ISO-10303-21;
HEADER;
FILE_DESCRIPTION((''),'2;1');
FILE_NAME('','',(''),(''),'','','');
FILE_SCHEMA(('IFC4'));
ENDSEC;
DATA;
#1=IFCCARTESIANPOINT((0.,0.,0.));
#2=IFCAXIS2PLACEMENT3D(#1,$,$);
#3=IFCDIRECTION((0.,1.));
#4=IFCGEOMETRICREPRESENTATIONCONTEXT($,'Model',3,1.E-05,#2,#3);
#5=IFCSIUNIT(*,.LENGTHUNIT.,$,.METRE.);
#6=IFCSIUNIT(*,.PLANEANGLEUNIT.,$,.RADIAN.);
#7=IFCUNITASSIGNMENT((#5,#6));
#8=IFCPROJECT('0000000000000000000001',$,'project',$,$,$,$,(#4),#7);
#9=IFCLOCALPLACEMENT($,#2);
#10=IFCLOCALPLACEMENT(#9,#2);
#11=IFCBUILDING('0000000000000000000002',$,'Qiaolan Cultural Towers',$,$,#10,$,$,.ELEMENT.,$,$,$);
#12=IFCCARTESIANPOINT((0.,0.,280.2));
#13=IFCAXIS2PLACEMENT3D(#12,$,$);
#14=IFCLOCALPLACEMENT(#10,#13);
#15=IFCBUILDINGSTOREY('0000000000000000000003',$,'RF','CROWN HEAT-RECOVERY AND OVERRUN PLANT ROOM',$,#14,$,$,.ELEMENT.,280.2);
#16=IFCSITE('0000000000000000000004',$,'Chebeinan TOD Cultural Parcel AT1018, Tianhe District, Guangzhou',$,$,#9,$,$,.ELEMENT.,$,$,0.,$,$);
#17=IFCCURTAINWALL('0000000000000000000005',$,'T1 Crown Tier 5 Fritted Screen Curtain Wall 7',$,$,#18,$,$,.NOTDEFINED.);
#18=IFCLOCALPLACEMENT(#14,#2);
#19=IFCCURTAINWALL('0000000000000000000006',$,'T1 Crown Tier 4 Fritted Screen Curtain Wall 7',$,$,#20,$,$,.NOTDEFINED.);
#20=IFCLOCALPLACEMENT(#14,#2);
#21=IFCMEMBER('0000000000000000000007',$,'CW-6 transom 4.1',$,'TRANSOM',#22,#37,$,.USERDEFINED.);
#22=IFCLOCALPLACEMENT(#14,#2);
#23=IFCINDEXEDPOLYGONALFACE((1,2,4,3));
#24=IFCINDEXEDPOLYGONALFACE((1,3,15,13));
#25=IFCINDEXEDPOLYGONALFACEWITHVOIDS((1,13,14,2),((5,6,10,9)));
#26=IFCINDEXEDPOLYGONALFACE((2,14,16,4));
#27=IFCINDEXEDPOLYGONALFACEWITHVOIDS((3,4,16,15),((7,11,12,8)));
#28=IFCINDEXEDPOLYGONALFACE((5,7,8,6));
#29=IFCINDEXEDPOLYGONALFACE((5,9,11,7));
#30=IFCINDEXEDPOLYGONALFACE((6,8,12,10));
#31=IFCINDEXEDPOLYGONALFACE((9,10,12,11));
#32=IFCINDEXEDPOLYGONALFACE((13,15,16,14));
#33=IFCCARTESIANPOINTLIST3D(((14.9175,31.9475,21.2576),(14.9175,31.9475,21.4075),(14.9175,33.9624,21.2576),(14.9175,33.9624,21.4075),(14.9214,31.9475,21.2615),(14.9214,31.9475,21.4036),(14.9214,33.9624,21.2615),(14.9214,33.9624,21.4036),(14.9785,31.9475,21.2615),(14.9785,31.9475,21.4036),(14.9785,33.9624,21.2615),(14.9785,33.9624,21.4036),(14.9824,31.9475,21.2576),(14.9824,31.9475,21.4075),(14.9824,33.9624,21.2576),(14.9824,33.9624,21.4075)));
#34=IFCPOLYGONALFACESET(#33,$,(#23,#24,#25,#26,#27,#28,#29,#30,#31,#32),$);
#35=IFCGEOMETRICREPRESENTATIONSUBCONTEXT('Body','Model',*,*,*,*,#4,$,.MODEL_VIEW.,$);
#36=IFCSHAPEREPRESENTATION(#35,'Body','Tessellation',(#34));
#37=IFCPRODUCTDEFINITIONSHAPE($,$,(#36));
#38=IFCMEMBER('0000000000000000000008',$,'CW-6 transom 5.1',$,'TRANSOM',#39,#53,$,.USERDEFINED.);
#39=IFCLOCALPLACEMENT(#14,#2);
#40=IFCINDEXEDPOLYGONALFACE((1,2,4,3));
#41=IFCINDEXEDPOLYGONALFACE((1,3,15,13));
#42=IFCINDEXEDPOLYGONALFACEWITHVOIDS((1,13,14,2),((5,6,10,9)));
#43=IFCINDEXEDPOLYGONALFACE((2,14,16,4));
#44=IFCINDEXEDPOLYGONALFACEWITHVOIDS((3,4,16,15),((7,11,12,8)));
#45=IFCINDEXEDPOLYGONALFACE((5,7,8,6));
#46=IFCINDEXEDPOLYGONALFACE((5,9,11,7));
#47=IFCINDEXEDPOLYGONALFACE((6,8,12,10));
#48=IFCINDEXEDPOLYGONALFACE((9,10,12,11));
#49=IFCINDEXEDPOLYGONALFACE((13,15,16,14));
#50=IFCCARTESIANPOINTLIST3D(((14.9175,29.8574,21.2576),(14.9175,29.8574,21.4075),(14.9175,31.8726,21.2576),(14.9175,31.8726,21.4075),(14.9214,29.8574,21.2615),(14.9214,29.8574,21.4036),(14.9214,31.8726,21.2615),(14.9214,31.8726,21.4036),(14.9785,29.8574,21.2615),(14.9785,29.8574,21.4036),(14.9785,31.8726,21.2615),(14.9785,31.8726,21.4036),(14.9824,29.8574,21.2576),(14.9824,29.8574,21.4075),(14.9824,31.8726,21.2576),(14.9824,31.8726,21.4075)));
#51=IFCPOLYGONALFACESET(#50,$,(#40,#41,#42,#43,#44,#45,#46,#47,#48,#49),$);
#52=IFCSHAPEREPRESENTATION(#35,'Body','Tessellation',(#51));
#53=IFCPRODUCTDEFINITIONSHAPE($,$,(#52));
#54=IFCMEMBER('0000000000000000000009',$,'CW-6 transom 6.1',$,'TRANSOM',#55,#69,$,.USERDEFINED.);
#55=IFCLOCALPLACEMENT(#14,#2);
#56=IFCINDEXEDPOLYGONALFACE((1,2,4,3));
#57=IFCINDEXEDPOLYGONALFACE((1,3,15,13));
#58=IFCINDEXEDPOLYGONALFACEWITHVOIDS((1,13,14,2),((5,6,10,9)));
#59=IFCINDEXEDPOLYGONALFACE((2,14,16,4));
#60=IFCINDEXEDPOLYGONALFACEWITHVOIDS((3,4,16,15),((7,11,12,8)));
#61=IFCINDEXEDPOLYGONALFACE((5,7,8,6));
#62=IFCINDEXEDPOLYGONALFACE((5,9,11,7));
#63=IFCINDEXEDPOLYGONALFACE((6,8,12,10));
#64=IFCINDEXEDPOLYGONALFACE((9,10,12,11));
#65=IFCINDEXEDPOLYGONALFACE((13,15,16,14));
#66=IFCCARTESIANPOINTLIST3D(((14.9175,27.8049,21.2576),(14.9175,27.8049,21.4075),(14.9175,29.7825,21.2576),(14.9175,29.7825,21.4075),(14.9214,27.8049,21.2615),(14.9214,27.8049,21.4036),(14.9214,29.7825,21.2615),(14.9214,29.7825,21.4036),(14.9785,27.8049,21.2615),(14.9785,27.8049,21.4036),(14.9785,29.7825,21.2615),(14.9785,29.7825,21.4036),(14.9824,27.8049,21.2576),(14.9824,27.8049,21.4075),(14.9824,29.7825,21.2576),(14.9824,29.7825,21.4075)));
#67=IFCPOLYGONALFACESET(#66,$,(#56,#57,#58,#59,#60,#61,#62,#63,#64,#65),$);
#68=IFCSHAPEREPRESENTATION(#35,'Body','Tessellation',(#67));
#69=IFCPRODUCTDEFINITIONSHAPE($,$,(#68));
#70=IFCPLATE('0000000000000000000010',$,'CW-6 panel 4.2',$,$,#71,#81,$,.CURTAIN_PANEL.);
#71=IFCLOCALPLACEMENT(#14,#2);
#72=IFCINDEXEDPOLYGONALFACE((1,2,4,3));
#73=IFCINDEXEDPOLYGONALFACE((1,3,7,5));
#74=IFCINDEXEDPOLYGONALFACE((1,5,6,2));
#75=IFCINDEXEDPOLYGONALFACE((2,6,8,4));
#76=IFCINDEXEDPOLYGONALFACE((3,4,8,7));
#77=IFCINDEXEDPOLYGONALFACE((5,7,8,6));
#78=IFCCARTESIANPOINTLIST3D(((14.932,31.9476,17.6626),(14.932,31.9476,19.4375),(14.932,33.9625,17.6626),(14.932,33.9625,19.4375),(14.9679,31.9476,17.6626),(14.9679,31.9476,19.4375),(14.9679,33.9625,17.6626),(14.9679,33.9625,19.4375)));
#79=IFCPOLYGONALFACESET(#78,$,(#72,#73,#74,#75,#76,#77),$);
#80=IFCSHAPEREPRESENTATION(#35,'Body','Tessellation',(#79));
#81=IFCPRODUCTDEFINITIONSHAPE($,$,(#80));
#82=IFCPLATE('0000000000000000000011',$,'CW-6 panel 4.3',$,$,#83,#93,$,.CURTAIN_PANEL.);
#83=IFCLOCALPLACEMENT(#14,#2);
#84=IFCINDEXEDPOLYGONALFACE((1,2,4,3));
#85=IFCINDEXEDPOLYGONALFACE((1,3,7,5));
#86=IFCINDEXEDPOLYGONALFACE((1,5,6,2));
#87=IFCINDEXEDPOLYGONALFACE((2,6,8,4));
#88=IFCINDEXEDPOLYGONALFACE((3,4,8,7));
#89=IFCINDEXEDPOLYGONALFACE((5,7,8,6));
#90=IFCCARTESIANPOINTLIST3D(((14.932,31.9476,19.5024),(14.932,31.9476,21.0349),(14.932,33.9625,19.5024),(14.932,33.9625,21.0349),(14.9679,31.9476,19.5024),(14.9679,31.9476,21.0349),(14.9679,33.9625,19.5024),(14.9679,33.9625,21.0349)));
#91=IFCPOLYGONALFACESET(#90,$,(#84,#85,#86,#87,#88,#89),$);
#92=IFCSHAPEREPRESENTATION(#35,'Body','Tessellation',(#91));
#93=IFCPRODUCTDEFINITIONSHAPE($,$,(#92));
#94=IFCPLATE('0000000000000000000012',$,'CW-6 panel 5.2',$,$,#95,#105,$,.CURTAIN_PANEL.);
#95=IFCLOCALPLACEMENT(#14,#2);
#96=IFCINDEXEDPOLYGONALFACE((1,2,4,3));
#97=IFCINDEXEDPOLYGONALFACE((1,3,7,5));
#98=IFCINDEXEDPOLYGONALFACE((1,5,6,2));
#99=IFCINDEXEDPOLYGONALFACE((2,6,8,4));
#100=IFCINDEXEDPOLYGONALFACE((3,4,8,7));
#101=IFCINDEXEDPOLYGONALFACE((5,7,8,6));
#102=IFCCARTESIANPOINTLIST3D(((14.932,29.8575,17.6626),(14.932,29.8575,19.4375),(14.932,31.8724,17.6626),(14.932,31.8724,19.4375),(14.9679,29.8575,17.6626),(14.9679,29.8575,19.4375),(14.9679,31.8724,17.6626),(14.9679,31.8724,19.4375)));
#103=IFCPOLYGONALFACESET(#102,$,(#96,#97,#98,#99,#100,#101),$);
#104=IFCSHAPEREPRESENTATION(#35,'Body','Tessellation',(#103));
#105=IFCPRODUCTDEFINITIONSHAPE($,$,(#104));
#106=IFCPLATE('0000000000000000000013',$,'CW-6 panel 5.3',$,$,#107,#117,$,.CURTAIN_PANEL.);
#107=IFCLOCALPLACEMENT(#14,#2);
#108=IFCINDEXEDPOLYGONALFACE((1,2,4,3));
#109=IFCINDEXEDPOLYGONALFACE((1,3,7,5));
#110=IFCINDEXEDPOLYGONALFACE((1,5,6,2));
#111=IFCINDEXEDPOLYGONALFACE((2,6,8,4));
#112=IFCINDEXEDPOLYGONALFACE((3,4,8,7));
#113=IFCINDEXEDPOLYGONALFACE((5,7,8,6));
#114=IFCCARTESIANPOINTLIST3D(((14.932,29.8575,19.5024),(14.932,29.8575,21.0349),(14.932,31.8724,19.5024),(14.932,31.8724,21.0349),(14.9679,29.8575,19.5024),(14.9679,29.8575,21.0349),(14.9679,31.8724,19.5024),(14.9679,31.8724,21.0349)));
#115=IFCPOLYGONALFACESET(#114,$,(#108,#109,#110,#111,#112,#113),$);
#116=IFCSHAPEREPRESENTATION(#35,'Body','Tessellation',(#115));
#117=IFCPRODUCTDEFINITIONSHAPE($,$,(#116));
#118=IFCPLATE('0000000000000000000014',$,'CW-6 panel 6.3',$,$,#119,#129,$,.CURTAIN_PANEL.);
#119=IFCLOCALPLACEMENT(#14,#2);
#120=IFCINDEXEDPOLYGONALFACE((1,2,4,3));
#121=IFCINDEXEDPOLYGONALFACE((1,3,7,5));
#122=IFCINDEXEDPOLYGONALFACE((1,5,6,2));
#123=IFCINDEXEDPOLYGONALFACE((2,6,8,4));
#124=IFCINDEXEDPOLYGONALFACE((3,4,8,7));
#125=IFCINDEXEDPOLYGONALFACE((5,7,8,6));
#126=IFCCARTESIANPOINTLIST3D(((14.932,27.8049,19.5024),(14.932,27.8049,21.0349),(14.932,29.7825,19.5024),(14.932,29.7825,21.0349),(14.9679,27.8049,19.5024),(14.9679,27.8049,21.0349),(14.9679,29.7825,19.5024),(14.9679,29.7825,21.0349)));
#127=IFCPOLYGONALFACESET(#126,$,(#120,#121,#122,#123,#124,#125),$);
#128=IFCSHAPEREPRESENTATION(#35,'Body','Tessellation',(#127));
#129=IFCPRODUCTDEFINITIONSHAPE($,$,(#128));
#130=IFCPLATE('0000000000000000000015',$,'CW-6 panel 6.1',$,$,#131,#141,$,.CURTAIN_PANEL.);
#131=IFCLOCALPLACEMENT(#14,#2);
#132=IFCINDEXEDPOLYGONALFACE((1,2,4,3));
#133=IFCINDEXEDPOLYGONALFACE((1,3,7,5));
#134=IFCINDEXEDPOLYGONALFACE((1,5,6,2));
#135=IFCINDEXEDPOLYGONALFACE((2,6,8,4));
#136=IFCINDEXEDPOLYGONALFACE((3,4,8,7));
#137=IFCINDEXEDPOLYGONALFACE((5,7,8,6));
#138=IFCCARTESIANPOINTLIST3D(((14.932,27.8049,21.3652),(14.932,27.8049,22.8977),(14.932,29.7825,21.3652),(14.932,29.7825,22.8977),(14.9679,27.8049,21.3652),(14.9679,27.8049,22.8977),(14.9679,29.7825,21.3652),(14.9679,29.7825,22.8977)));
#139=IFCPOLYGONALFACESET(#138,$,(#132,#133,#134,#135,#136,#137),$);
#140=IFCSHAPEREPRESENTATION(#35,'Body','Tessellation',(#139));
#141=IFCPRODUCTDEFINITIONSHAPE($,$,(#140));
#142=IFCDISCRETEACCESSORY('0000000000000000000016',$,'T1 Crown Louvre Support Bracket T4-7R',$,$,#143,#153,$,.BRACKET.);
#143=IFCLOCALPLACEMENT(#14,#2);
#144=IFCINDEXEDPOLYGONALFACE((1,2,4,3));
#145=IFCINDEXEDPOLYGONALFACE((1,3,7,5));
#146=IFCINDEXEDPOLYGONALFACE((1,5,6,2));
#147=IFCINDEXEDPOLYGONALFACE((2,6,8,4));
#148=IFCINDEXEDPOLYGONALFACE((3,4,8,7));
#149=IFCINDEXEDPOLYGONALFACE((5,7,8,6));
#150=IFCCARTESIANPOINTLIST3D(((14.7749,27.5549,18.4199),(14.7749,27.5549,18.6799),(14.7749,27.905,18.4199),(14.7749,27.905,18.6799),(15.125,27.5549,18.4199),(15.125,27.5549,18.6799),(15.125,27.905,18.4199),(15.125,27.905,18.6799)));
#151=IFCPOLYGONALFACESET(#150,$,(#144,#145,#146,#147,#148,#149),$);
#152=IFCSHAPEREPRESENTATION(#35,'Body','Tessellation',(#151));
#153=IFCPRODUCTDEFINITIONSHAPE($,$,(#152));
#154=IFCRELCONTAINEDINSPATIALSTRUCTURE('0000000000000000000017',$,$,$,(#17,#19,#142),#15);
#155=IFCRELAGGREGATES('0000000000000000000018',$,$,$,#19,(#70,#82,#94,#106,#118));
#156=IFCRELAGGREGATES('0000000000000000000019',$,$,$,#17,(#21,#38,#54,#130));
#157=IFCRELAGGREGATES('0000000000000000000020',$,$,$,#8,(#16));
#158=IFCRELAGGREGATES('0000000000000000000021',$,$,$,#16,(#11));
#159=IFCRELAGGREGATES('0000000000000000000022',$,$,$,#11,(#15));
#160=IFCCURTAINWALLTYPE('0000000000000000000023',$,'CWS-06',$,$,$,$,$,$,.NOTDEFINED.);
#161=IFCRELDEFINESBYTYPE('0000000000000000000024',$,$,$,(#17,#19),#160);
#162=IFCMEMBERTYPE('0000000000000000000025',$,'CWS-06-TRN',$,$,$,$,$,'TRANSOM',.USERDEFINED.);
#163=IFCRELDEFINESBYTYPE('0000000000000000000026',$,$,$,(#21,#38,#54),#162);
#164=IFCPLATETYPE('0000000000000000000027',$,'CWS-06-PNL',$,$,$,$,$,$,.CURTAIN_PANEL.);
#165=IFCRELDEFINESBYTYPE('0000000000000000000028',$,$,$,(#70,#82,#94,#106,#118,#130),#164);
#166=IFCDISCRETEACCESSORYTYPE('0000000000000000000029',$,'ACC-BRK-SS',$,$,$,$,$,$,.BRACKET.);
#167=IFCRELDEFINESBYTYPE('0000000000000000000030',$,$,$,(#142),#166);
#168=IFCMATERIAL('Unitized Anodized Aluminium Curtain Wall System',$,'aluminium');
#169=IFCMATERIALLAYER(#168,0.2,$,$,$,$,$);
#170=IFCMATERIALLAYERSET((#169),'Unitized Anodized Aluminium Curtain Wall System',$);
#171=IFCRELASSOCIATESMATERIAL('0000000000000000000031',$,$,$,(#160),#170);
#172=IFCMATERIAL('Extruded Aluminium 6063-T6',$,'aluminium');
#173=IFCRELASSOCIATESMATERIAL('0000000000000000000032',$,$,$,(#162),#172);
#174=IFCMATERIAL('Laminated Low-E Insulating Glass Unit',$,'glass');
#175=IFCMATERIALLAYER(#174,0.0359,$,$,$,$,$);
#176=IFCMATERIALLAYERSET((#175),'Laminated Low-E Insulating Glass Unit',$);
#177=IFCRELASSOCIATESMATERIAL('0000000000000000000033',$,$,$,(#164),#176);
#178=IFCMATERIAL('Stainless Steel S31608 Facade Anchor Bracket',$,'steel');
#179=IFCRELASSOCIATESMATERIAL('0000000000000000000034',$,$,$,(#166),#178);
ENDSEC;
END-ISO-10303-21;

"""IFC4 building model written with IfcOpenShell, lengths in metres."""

from ifc_helpers import new_model, si_unit, direction, frame, origin, origin_2d, place, context, subcontext, project, spatial, rectangle, hollow_rectangle, extrude, material, layer, layer_set, material_profile, profile_set, type_object, element, aggregate, save


model = new_model("IFC4")

# Units and contexts
model_context = context("Model", 3, precision=1e-05, world=origin(), true_north=direction((0.0, 1.0)))
body_context = subcontext(model_context, "Body", "Model", "MODEL_VIEW")
ifc_project = project(units=[si_unit("LENGTHUNIT", "METRE"), si_unit("PLANEANGLEUNIT", "RADIAN")], contexts=[model_context])

# Site, building, storey
site_placement = place(None, origin())
site = spatial("IfcSite", under=ifc_project, at=site_placement, Name="Chebeinan TOD Cultural Parcel AT1018, Tianhe District, Guangzhou", CompositionType="ELEMENT", RefElevation=0.0)
building_placement = place(site_placement, origin())
building = spatial("IfcBuilding", under=site, at=building_placement, Name="Qiaolan Cultural Towers", CompositionType="ELEMENT")
storey_placement = place(building_placement, frame((0.0, 0.0, 280.2)))
storey = spatial("IfcBuildingStorey", under=building, at=storey_placement, Name="RF", Description="CROWN HEAT-RECOVERY AND OVERRUN PLANT ROOM", CompositionType="ELEMENT", Elevation=280.2)

# Curtain walls
ifc_material_1 = material(Name="Unitized Anodized Aluminium Curtain Wall System", Category="aluminium")
ifc_layer_1 = layer(ifc_material_1, 0.2)
ifc_layer_set_1 = layer_set([ifc_layer_1], Name="Unitized Anodized Aluminium Curtain Wall System")
curtain_wall_type = type_object("IfcCurtainWallType", Name="CWS-06", PredefinedType="NOTDEFINED", material=ifc_layer_set_1)
curtain_wall_1_placement = place(storey_placement, origin())
curtain_wall_1 = element("IfcCurtainWall", 1, at=curtain_wall_1_placement, inside=storey, type_object=curtain_wall_type, Name="T1 Crown Tier 5 Fritted Screen Curtain Wall 7", PredefinedType="NOTDEFINED")
curtain_wall_2_placement = place(storey_placement, origin())
curtain_wall_2 = element("IfcCurtainWall", 2, at=curtain_wall_2_placement, inside=storey, type_object=curtain_wall_type, Name="T1 Crown Tier 4 Fritted Screen Curtain Wall 7", PredefinedType="NOTDEFINED")
ifc_material_2 = material(Name="Extruded Aluminium 6063-T6", Category="aluminium")
ifc_material_profile_1 = material_profile(ifc_material_2, hollow_rectangle(XDim=0.0649, YDim=0.1499, WallThickness=0.0039, at=origin_2d()), Name="CWT-150x65x4")
ifc_profile_set_1 = profile_set([ifc_material_profile_1], Name="Extruded Aluminium 6063-T6")
member_type_1 = type_object("IfcMemberType", Name="CWS-06-TRN", ElementType="TRANSOM", PredefinedType="USERDEFINED", material=ifc_profile_set_1)

# Members
member_1_placement = place(storey_placement, frame((14.95, 33.9624, 21.3325), z_axis=(0.0, -1.0, 0.0), x_axis=(1.0, 0.0, 0.0)))
member_1 = element("IfcMember", 3, at=member_1_placement, type_object=member_type_1, Name="CW-6 transom 4.1", ObjectType="TRANSOM", PredefinedType="USERDEFINED", context=body_context, shape_type="SweptSolid", body=[
    extrude(hollow_rectangle(XDim=0.0649, YDim=0.1499, WallThickness=0.0039, at=origin_2d()), origin(), (0.0, 0.0, 1.0), 2.0149),
])
member_2_placement = place(storey_placement, frame((14.95, 31.8726, 21.3325), z_axis=(0.0, -1.0, 0.0), x_axis=(1.0, 0.0, 0.0)))
member_2 = element("IfcMember", 4, at=member_2_placement, type_object=member_type_1, Name="CW-6 transom 5.1", ObjectType="TRANSOM", PredefinedType="USERDEFINED", context=body_context, shape_type="SweptSolid", body=[
    extrude(hollow_rectangle(XDim=0.0649, YDim=0.1499, WallThickness=0.0039, at=origin_2d()), origin(), (0.0, 0.0, 1.0), 2.0151),
])
member_3_placement = place(storey_placement, frame((14.95, 29.7825, 21.3325), z_axis=(0.0, -1.0, 0.0), x_axis=(1.0, 0.0, 0.0)))
member_3 = element("IfcMember", 5, at=member_3_placement, type_object=member_type_1, Name="CW-6 transom 6.1", ObjectType="TRANSOM", PredefinedType="USERDEFINED", context=body_context, shape_type="SweptSolid", body=[
    extrude(hollow_rectangle(XDim=0.0649, YDim=0.1499, WallThickness=0.0039, at=origin_2d()), origin(), (0.0, 0.0, 1.0), 1.9775),
])

# Plates
ifc_material_3 = material(Name="Laminated Low-E Insulating Glass Unit", Category="glass")
ifc_layer_2 = layer(ifc_material_3, 0.0359)
ifc_layer_set_2 = layer_set([ifc_layer_2], Name="Laminated Low-E Insulating Glass Unit")
plate_type = type_object("IfcPlateType", Name="CWS-06-PNL", PredefinedType="CURTAIN_PANEL", material=ifc_layer_set_2)
plate_1_placement = place(storey_placement, frame((14.95, 32.9551, 17.6626), z_axis=(0.0, 0.0, 1.0), x_axis=(0.0, -1.0, 0.0)))
plate_1 = element("IfcPlate", 6, at=plate_1_placement, type_object=plate_type, Name="CW-6 panel 4.2", PredefinedType="CURTAIN_PANEL", context=body_context, shape_type="SweptSolid", body=[
    extrude(rectangle(XDim=2.0149, YDim=0.0359, at=origin_2d()), origin(), (0.0, 0.0, 1.0), 1.7749),
])
plate_2_placement = place(storey_placement, frame((14.95, 32.9551, 19.5024), z_axis=(0.0, 0.0, 1.0), x_axis=(0.0, -1.0, 0.0)))
plate_2 = element("IfcPlate", 7, at=plate_2_placement, type_object=plate_type, Name="CW-6 panel 4.3", PredefinedType="CURTAIN_PANEL", context=body_context, shape_type="SweptSolid", body=[
    extrude(rectangle(XDim=2.0149, YDim=0.0359, at=origin_2d()), origin(), (0.0, 0.0, 1.0), 1.5325),
])
plate_3_placement = place(storey_placement, frame((14.95, 30.865, 17.6626), z_axis=(0.0, 0.0, 1.0), x_axis=(0.0, -1.0, 0.0)))
plate_3 = element("IfcPlate", 8, at=plate_3_placement, type_object=plate_type, Name="CW-6 panel 5.2", PredefinedType="CURTAIN_PANEL", context=body_context, shape_type="SweptSolid", body=[
    extrude(rectangle(XDim=2.0149, YDim=0.0359, at=origin_2d()), origin(), (0.0, 0.0, 1.0), 1.7749),
])
plate_4_placement = place(storey_placement, frame((14.95, 30.865, 19.5024), z_axis=(0.0, 0.0, 1.0), x_axis=(0.0, -1.0, 0.0)))
plate_4 = element("IfcPlate", 9, at=plate_4_placement, type_object=plate_type, Name="CW-6 panel 5.3", PredefinedType="CURTAIN_PANEL", context=body_context, shape_type="SweptSolid", body=[
    extrude(rectangle(XDim=2.0149, YDim=0.0359, at=origin_2d()), origin(), (0.0, 0.0, 1.0), 1.5325),
])
plate_5_placement = place(storey_placement, frame((14.95, 28.7937, 19.5024), z_axis=(0.0, 0.0, 1.0), x_axis=(0.0, -1.0, 0.0)))
plate_5 = element("IfcPlate", 10, at=plate_5_placement, type_object=plate_type, Name="CW-6 panel 6.3", PredefinedType="CURTAIN_PANEL", context=body_context, shape_type="SweptSolid", body=[
    extrude(rectangle(XDim=1.9775, YDim=0.0359, at=origin_2d()), origin(), (0.0, 0.0, 1.0), 1.5325),
])
aggregate(curtain_wall_2, [plate_1, plate_2, plate_3, plate_4, plate_5])
plate_6_placement = place(storey_placement, frame((14.95, 28.7937, 21.3652), z_axis=(0.0, 0.0, 1.0), x_axis=(0.0, -1.0, 0.0)))
plate_6 = element("IfcPlate", 11, at=plate_6_placement, type_object=plate_type, Name="CW-6 panel 6.1", PredefinedType="CURTAIN_PANEL", context=body_context, shape_type="SweptSolid", body=[
    extrude(rectangle(XDim=1.9775, YDim=0.0359, at=origin_2d()), origin(), (0.0, 0.0, 1.0), 1.5325),
])
aggregate(curtain_wall_1, [member_1, member_2, member_3, plate_6])

# Discrete accessory
ifc_material_4 = material(Name="Stainless Steel S31608 Facade Anchor Bracket", Category="steel")
discrete_accessory_type = type_object("IfcDiscreteAccessoryType", Name="ACC-BRK-SS", PredefinedType="BRACKET", material=ifc_material_4)
discrete_accessory_placement = place(storey_placement, frame((14.95, 27.73, 18.4199), z_axis=(0.0, 0.0, 1.0), x_axis=(0.0, -1.0, 0.0)))
element("IfcDiscreteAccessory", 12, at=discrete_accessory_placement, inside=storey, type_object=discrete_accessory_type, Name="T1 Crown Louvre Support Bracket T4-7R", PredefinedType="BRACKET", context=body_context, shape_type="SweptSolid", body=[
    extrude(rectangle(XDim=0.3501, YDim=0.3501, at=origin_2d()), origin(), (0.0, 0.0, 1.0), 0.26),
])

save(model, "model.ifc")
